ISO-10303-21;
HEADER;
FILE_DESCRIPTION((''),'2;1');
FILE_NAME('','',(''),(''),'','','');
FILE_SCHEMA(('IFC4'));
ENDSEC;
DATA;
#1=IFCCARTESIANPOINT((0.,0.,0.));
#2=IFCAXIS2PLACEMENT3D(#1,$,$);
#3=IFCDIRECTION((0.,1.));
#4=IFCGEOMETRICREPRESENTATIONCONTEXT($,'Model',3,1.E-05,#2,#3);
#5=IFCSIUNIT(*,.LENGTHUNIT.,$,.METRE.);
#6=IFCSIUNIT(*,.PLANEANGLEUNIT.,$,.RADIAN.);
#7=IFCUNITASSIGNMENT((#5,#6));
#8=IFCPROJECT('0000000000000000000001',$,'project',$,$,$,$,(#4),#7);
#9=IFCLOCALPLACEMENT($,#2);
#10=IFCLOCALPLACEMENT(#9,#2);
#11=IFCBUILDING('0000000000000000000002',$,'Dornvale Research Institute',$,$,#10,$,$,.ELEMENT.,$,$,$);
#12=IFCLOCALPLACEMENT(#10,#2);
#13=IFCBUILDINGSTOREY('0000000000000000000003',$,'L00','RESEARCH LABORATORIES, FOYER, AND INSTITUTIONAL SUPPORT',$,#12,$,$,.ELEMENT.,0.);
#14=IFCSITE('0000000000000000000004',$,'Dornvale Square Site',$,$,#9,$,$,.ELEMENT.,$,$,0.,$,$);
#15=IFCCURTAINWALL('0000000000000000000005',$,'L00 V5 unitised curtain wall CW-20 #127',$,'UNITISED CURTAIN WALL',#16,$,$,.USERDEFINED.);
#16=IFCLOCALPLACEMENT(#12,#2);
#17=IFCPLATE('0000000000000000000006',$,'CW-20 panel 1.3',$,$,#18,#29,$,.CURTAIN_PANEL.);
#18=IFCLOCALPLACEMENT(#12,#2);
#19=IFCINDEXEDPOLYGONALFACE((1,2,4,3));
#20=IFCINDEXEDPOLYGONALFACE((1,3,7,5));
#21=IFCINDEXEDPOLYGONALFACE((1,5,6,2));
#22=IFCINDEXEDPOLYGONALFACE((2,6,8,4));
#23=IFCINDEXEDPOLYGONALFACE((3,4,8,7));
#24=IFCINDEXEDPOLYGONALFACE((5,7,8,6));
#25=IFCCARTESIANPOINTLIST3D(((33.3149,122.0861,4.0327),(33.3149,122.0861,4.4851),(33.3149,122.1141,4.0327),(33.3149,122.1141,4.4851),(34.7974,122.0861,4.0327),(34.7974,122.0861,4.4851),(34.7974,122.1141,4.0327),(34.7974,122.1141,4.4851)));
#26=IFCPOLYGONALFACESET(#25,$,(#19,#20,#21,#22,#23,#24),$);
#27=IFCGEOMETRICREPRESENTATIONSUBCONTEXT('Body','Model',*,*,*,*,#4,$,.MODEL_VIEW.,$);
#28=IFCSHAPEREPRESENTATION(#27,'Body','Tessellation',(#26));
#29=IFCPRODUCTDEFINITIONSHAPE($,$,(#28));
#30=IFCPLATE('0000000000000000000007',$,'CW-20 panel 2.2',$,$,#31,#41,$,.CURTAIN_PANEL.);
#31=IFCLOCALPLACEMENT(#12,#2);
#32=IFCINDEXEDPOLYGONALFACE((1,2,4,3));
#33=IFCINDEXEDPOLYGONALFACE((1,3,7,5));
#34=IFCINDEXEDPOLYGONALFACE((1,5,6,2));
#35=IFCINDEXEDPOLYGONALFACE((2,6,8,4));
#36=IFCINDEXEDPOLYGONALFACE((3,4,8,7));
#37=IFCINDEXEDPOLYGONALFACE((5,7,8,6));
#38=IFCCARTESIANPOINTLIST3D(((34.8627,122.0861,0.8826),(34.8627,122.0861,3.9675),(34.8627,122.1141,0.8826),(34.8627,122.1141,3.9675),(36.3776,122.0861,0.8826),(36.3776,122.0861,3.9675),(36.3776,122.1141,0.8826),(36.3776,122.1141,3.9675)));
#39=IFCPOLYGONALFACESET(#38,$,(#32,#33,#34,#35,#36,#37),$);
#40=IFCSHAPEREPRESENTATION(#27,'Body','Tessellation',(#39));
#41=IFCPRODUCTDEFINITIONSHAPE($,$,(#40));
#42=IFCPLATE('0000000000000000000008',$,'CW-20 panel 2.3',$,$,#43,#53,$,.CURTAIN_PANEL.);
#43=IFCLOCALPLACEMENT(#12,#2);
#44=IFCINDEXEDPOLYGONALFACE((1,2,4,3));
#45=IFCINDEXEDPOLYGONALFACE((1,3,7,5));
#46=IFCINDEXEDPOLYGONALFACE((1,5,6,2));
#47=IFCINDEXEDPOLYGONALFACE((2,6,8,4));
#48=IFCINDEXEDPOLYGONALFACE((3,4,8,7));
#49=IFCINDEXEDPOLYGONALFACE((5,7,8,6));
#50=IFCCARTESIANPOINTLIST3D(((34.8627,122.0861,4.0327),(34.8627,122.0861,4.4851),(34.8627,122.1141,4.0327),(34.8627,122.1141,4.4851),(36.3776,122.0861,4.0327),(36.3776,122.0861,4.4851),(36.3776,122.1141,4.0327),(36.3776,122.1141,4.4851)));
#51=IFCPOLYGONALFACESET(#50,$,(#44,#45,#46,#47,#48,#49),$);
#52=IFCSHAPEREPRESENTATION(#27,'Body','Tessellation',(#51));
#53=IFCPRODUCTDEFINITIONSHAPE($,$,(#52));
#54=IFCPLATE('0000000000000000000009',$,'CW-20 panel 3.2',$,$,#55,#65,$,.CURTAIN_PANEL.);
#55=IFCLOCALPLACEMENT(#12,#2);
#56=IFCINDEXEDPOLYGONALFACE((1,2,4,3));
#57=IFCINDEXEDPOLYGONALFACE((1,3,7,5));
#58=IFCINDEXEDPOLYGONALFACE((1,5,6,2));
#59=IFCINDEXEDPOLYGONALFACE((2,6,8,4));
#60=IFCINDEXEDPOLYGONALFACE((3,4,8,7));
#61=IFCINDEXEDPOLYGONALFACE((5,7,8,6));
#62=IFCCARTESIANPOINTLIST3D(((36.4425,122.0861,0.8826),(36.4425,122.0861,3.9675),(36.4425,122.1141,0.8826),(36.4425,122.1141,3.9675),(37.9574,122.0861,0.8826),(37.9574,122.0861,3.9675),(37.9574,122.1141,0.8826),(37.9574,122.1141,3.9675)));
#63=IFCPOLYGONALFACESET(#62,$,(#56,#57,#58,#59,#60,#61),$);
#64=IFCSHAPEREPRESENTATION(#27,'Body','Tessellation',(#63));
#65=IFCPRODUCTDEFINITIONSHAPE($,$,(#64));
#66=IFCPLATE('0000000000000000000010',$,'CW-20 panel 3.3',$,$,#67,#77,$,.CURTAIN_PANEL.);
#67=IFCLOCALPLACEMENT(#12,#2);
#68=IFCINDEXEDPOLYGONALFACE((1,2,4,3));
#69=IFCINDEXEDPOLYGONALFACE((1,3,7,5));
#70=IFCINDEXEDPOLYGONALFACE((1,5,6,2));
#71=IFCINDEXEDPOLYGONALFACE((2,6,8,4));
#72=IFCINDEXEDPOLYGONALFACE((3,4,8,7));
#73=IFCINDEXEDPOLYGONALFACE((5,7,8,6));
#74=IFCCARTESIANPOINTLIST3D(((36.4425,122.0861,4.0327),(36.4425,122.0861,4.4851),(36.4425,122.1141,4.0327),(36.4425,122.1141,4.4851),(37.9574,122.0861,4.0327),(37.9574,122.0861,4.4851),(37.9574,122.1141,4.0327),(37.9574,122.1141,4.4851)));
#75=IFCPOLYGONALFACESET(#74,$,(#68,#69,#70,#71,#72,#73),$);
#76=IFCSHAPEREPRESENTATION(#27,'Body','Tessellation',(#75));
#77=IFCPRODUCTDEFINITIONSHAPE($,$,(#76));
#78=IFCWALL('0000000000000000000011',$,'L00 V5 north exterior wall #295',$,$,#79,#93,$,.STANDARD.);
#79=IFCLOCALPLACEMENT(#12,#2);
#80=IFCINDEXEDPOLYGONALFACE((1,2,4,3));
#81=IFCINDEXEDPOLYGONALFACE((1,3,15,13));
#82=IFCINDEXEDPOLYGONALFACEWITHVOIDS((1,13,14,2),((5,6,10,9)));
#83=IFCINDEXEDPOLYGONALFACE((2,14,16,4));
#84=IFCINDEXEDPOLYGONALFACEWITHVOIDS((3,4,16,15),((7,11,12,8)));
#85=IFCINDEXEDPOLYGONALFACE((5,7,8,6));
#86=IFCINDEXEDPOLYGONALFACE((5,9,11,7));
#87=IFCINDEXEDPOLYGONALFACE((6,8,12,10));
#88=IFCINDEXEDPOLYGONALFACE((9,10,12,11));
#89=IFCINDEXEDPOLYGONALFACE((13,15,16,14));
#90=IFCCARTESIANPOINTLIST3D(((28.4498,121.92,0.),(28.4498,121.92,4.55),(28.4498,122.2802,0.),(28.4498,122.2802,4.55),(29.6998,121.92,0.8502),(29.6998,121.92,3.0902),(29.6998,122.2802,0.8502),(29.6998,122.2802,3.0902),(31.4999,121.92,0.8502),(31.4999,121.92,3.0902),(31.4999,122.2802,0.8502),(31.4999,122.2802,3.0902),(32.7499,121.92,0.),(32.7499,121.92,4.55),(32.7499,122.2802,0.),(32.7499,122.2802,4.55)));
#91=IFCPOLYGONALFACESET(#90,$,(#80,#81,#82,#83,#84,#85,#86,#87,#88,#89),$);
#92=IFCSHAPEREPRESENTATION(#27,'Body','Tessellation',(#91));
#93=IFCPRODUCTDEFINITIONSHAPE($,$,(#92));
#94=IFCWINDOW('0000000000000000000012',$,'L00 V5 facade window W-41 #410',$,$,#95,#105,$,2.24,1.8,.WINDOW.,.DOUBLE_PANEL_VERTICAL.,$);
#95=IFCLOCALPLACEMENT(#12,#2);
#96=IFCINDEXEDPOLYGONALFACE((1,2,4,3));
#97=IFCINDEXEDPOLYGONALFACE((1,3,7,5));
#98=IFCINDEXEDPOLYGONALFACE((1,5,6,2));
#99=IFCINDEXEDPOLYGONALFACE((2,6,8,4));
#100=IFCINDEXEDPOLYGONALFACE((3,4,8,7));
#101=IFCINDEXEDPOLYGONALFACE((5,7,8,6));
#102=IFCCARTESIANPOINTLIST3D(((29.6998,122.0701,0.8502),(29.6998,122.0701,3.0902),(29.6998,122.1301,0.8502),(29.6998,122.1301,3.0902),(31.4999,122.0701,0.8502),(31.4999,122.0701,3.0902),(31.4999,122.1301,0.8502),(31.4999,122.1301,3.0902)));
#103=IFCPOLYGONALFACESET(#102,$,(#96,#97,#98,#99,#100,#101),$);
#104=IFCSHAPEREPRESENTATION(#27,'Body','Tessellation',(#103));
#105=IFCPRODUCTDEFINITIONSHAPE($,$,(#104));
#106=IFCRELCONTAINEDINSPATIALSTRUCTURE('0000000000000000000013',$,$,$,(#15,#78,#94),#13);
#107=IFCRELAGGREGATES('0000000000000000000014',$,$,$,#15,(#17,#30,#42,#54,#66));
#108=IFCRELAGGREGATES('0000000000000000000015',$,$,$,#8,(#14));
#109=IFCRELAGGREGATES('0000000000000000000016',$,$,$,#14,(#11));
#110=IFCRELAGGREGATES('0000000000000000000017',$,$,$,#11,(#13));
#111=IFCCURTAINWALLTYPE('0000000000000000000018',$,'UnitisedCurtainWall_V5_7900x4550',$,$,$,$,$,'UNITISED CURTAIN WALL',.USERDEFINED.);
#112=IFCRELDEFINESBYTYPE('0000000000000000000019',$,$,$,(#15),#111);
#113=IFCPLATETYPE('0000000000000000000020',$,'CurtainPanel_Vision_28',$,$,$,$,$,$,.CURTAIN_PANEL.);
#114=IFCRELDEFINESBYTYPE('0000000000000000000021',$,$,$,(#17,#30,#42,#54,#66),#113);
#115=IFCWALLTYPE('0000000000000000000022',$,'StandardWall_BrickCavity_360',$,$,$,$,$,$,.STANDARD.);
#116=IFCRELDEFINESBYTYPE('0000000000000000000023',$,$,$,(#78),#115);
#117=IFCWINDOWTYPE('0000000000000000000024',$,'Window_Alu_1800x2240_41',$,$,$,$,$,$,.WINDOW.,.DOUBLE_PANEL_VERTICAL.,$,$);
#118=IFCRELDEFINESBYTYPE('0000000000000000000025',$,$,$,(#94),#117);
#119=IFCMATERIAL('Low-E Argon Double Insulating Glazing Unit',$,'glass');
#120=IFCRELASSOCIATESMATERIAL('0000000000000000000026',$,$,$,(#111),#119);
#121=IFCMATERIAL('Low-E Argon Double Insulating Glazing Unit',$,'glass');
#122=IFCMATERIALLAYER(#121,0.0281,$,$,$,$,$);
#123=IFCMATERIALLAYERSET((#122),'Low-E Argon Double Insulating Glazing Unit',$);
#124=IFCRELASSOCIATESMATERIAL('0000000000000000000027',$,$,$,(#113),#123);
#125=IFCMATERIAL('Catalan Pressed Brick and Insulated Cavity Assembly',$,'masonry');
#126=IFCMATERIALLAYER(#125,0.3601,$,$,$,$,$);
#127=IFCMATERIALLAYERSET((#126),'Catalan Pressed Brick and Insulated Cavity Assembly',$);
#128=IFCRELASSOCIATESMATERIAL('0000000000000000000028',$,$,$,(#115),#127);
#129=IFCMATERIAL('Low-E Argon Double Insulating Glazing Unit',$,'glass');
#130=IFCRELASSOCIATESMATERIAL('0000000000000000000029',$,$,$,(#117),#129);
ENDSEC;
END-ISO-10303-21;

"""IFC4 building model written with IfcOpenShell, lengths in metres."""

from ifc_helpers import new_model, si_unit, direction, frame, frame_2d, origin, origin_2d, place, context, subcontext, project, spatial, rectangle, extrude, material, layer, layer_set, type_object, element, fill, aggregate, save


model = new_model("IFC4")

# Units and contexts
model_context = context("Model", 3, precision=1e-05, world=origin(), true_north=direction((0.0, 1.0)))
body_context = subcontext(model_context, "Body", "Model", "MODEL_VIEW")
ifc_project = project(units=[si_unit("LENGTHUNIT", "METRE"), si_unit("PLANEANGLEUNIT", "RADIAN")], contexts=[model_context])

# Site, building, storey
site_placement = place(None, origin())
site = spatial("IfcSite", under=ifc_project, at=site_placement, Name="Dornvale Square Site", CompositionType="ELEMENT", RefElevation=0.0)
building_placement = place(site_placement, origin())
building = spatial("IfcBuilding", under=site, at=building_placement, Name="Dornvale Research Institute", CompositionType="ELEMENT")
storey_placement = place(building_placement, origin())
storey = spatial("IfcBuildingStorey", under=building, at=storey_placement, Name="L00", Description="RESEARCH LABORATORIES, FOYER, AND INSTITUTIONAL SUPPORT", CompositionType="ELEMENT", Elevation=0.0)

# Curtain wall, plates
ifc_material_1 = material(Name="Low-E Argon Double Insulating Glazing Unit", Category="glass")
curtain_wall_type = type_object("IfcCurtainWallType", Name="UnitisedCurtainWall_V5_7900x4550", ElementType="UNITISED CURTAIN WALL", PredefinedType="USERDEFINED", material=ifc_material_1)
curtain_wall_placement = place(storey_placement, origin())
curtain_wall = element("IfcCurtainWall", 1, at=curtain_wall_placement, inside=storey, type_object=curtain_wall_type, Name="L00 V5 unitised curtain wall CW-20 #127", ObjectType="UNITISED CURTAIN WALL", PredefinedType="USERDEFINED")
ifc_material_2 = material(Name="Low-E Argon Double Insulating Glazing Unit", Category="glass")
ifc_layer_1 = layer(ifc_material_2, 0.0281)
ifc_layer_set_1 = layer_set([ifc_layer_1], Name="Low-E Argon Double Insulating Glazing Unit")
plate_type_1 = type_object("IfcPlateType", Name="CurtainPanel_Vision_28", PredefinedType="CURTAIN_PANEL", material=ifc_layer_set_1)
plate_1_placement = place(storey_placement, frame((34.0562, 122.1001, 4.0327), z_axis=(0.0, 0.0, 1.0), x_axis=(1.0, 0.0, 0.0)))
plate_1 = element("IfcPlate", 2, at=plate_1_placement, type_object=plate_type_1, Name="CW-20 panel 1.3", PredefinedType="CURTAIN_PANEL", context=body_context, shape_type="SweptSolid", body=[
    extrude(rectangle(XDim=1.4824, YDim=0.0281, at=origin_2d()), origin(), (0.0, 0.0, 1.0), 0.4524),
])
plate_2_placement = place(storey_placement, frame((35.6201, 122.1001, 0.8826), z_axis=(0.0, 0.0, 1.0), x_axis=(1.0, 0.0, 0.0)))
plate_2 = element("IfcPlate", 3, at=plate_2_placement, type_object=plate_type_1, Name="CW-20 panel 2.2", PredefinedType="CURTAIN_PANEL", context=body_context, shape_type="SweptSolid", body=[
    extrude(rectangle(XDim=1.5149, YDim=0.0281, at=origin_2d()), origin(), (0.0, 0.0, 1.0), 3.085),
])
plate_3_placement = place(storey_placement, frame((35.6201, 122.1001, 4.0327), z_axis=(0.0, 0.0, 1.0), x_axis=(1.0, 0.0, 0.0)))
plate_3 = element("IfcPlate", 4, at=plate_3_placement, type_object=plate_type_1, Name="CW-20 panel 2.3", PredefinedType="CURTAIN_PANEL", context=body_context, shape_type="SweptSolid", body=[
    extrude(rectangle(XDim=1.5149, YDim=0.0281, at=origin_2d()), origin(), (0.0, 0.0, 1.0), 0.4524),
])
plate_4_placement = place(storey_placement, frame((37.2, 122.1001, 0.8826), z_axis=(0.0, 0.0, 1.0), x_axis=(1.0, 0.0, 0.0)))
plate_4 = element("IfcPlate", 5, at=plate_4_placement, type_object=plate_type_1, Name="CW-20 panel 3.2", PredefinedType="CURTAIN_PANEL", context=body_context, shape_type="SweptSolid", body=[
    extrude(rectangle(XDim=1.5149, YDim=0.0281, at=origin_2d()), origin(), (0.0, 0.0, 1.0), 3.085),
])
plate_5_placement = place(storey_placement, frame((37.2, 122.1001, 4.0327), z_axis=(0.0, 0.0, 1.0), x_axis=(1.0, 0.0, 0.0)))
plate_5 = element("IfcPlate", 6, at=plate_5_placement, type_object=plate_type_1, Name="CW-20 panel 3.3", PredefinedType="CURTAIN_PANEL", context=body_context, shape_type="SweptSolid", body=[
    extrude(rectangle(XDim=1.5149, YDim=0.0281, at=origin_2d()), origin(), (0.0, 0.0, 1.0), 0.4524),
])
aggregate(curtain_wall, [plate_1, plate_2, plate_3, plate_4, plate_5])

# Wall, opening, window
ifc_material_3 = material(Name="Catalan Pressed Brick and Insulated Cavity Assembly", Category="masonry")
ifc_layer_2 = layer(ifc_material_3, 0.3601)
ifc_layer_set_2 = layer_set([ifc_layer_2], Name="Catalan Pressed Brick and Insulated Cavity Assembly")
wall_type = type_object("IfcWallType", Name="StandardWall_BrickCavity_360", PredefinedType="STANDARD", material=ifc_layer_set_2)
wall_placement = place(storey_placement, frame((28.45, 122.1001, 0.0), z_axis=(0.0, 0.0, 1.0), x_axis=(1.0, 0.0, 0.0)))
wall = element("IfcWall", 7, at=wall_placement, inside=storey, type_object=wall_type, Name="L00 V5 north exterior wall #295", PredefinedType="STANDARD", context=body_context, shape_type="SweptSolid", body=[
    extrude(rectangle(XDim=4.3, YDim=0.3601, at=frame_2d((2.1499, 0.0))), origin(), (0.0, 0.0, 1.0), 4.55),
])
opening_placement = place(wall_placement, frame((1.25, 0.0, 0.8501)))
opening = element("IfcOpeningElement", 8, at=opening_placement, cuts=wall, PredefinedType="OPENING", context=body_context, shape_type="SweptSolid", body=[
    extrude(rectangle(XDim=1.8, YDim=2.24, at=frame_2d((0.8999, 1.1201))), frame((0.0, 0.1951, 0.0), z_axis=(0.0, -1.0, 0.0), x_axis=(1.0, 0.0, 0.0)), (0.0, 0.0, 1.0), 0.3901),
])
ifc_material_4 = material(Name="Low-E Argon Double Insulating Glazing Unit", Category="glass")
window_type = type_object("IfcWindowType", Name="Window_Alu_1800x2240_41", PartitioningType="DOUBLE_PANEL_VERTICAL", PredefinedType="WINDOW", material=ifc_material_4)
window_placement = place(opening_placement, origin())
window = element("IfcWindow", 9, at=window_placement, inside=storey, type_object=window_type, Name="L00 V5 facade window W-41 #410", OverallHeight=2.24, OverallWidth=1.8, PartitioningType="DOUBLE_PANEL_VERTICAL", PredefinedType="WINDOW", context=body_context, shape_type="SweptSolid", body=[
    extrude(rectangle(XDim=1.8, YDim=2.24, at=frame_2d((0.8999, 1.1201))), frame((0.0, 0.03, 0.0), z_axis=(0.0, -1.0, 0.0), x_axis=(1.0, 0.0, 0.0)), (0.0, 0.0, 1.0), 0.0601),
])
fill(opening, window)

save(model, "model.ifc")
